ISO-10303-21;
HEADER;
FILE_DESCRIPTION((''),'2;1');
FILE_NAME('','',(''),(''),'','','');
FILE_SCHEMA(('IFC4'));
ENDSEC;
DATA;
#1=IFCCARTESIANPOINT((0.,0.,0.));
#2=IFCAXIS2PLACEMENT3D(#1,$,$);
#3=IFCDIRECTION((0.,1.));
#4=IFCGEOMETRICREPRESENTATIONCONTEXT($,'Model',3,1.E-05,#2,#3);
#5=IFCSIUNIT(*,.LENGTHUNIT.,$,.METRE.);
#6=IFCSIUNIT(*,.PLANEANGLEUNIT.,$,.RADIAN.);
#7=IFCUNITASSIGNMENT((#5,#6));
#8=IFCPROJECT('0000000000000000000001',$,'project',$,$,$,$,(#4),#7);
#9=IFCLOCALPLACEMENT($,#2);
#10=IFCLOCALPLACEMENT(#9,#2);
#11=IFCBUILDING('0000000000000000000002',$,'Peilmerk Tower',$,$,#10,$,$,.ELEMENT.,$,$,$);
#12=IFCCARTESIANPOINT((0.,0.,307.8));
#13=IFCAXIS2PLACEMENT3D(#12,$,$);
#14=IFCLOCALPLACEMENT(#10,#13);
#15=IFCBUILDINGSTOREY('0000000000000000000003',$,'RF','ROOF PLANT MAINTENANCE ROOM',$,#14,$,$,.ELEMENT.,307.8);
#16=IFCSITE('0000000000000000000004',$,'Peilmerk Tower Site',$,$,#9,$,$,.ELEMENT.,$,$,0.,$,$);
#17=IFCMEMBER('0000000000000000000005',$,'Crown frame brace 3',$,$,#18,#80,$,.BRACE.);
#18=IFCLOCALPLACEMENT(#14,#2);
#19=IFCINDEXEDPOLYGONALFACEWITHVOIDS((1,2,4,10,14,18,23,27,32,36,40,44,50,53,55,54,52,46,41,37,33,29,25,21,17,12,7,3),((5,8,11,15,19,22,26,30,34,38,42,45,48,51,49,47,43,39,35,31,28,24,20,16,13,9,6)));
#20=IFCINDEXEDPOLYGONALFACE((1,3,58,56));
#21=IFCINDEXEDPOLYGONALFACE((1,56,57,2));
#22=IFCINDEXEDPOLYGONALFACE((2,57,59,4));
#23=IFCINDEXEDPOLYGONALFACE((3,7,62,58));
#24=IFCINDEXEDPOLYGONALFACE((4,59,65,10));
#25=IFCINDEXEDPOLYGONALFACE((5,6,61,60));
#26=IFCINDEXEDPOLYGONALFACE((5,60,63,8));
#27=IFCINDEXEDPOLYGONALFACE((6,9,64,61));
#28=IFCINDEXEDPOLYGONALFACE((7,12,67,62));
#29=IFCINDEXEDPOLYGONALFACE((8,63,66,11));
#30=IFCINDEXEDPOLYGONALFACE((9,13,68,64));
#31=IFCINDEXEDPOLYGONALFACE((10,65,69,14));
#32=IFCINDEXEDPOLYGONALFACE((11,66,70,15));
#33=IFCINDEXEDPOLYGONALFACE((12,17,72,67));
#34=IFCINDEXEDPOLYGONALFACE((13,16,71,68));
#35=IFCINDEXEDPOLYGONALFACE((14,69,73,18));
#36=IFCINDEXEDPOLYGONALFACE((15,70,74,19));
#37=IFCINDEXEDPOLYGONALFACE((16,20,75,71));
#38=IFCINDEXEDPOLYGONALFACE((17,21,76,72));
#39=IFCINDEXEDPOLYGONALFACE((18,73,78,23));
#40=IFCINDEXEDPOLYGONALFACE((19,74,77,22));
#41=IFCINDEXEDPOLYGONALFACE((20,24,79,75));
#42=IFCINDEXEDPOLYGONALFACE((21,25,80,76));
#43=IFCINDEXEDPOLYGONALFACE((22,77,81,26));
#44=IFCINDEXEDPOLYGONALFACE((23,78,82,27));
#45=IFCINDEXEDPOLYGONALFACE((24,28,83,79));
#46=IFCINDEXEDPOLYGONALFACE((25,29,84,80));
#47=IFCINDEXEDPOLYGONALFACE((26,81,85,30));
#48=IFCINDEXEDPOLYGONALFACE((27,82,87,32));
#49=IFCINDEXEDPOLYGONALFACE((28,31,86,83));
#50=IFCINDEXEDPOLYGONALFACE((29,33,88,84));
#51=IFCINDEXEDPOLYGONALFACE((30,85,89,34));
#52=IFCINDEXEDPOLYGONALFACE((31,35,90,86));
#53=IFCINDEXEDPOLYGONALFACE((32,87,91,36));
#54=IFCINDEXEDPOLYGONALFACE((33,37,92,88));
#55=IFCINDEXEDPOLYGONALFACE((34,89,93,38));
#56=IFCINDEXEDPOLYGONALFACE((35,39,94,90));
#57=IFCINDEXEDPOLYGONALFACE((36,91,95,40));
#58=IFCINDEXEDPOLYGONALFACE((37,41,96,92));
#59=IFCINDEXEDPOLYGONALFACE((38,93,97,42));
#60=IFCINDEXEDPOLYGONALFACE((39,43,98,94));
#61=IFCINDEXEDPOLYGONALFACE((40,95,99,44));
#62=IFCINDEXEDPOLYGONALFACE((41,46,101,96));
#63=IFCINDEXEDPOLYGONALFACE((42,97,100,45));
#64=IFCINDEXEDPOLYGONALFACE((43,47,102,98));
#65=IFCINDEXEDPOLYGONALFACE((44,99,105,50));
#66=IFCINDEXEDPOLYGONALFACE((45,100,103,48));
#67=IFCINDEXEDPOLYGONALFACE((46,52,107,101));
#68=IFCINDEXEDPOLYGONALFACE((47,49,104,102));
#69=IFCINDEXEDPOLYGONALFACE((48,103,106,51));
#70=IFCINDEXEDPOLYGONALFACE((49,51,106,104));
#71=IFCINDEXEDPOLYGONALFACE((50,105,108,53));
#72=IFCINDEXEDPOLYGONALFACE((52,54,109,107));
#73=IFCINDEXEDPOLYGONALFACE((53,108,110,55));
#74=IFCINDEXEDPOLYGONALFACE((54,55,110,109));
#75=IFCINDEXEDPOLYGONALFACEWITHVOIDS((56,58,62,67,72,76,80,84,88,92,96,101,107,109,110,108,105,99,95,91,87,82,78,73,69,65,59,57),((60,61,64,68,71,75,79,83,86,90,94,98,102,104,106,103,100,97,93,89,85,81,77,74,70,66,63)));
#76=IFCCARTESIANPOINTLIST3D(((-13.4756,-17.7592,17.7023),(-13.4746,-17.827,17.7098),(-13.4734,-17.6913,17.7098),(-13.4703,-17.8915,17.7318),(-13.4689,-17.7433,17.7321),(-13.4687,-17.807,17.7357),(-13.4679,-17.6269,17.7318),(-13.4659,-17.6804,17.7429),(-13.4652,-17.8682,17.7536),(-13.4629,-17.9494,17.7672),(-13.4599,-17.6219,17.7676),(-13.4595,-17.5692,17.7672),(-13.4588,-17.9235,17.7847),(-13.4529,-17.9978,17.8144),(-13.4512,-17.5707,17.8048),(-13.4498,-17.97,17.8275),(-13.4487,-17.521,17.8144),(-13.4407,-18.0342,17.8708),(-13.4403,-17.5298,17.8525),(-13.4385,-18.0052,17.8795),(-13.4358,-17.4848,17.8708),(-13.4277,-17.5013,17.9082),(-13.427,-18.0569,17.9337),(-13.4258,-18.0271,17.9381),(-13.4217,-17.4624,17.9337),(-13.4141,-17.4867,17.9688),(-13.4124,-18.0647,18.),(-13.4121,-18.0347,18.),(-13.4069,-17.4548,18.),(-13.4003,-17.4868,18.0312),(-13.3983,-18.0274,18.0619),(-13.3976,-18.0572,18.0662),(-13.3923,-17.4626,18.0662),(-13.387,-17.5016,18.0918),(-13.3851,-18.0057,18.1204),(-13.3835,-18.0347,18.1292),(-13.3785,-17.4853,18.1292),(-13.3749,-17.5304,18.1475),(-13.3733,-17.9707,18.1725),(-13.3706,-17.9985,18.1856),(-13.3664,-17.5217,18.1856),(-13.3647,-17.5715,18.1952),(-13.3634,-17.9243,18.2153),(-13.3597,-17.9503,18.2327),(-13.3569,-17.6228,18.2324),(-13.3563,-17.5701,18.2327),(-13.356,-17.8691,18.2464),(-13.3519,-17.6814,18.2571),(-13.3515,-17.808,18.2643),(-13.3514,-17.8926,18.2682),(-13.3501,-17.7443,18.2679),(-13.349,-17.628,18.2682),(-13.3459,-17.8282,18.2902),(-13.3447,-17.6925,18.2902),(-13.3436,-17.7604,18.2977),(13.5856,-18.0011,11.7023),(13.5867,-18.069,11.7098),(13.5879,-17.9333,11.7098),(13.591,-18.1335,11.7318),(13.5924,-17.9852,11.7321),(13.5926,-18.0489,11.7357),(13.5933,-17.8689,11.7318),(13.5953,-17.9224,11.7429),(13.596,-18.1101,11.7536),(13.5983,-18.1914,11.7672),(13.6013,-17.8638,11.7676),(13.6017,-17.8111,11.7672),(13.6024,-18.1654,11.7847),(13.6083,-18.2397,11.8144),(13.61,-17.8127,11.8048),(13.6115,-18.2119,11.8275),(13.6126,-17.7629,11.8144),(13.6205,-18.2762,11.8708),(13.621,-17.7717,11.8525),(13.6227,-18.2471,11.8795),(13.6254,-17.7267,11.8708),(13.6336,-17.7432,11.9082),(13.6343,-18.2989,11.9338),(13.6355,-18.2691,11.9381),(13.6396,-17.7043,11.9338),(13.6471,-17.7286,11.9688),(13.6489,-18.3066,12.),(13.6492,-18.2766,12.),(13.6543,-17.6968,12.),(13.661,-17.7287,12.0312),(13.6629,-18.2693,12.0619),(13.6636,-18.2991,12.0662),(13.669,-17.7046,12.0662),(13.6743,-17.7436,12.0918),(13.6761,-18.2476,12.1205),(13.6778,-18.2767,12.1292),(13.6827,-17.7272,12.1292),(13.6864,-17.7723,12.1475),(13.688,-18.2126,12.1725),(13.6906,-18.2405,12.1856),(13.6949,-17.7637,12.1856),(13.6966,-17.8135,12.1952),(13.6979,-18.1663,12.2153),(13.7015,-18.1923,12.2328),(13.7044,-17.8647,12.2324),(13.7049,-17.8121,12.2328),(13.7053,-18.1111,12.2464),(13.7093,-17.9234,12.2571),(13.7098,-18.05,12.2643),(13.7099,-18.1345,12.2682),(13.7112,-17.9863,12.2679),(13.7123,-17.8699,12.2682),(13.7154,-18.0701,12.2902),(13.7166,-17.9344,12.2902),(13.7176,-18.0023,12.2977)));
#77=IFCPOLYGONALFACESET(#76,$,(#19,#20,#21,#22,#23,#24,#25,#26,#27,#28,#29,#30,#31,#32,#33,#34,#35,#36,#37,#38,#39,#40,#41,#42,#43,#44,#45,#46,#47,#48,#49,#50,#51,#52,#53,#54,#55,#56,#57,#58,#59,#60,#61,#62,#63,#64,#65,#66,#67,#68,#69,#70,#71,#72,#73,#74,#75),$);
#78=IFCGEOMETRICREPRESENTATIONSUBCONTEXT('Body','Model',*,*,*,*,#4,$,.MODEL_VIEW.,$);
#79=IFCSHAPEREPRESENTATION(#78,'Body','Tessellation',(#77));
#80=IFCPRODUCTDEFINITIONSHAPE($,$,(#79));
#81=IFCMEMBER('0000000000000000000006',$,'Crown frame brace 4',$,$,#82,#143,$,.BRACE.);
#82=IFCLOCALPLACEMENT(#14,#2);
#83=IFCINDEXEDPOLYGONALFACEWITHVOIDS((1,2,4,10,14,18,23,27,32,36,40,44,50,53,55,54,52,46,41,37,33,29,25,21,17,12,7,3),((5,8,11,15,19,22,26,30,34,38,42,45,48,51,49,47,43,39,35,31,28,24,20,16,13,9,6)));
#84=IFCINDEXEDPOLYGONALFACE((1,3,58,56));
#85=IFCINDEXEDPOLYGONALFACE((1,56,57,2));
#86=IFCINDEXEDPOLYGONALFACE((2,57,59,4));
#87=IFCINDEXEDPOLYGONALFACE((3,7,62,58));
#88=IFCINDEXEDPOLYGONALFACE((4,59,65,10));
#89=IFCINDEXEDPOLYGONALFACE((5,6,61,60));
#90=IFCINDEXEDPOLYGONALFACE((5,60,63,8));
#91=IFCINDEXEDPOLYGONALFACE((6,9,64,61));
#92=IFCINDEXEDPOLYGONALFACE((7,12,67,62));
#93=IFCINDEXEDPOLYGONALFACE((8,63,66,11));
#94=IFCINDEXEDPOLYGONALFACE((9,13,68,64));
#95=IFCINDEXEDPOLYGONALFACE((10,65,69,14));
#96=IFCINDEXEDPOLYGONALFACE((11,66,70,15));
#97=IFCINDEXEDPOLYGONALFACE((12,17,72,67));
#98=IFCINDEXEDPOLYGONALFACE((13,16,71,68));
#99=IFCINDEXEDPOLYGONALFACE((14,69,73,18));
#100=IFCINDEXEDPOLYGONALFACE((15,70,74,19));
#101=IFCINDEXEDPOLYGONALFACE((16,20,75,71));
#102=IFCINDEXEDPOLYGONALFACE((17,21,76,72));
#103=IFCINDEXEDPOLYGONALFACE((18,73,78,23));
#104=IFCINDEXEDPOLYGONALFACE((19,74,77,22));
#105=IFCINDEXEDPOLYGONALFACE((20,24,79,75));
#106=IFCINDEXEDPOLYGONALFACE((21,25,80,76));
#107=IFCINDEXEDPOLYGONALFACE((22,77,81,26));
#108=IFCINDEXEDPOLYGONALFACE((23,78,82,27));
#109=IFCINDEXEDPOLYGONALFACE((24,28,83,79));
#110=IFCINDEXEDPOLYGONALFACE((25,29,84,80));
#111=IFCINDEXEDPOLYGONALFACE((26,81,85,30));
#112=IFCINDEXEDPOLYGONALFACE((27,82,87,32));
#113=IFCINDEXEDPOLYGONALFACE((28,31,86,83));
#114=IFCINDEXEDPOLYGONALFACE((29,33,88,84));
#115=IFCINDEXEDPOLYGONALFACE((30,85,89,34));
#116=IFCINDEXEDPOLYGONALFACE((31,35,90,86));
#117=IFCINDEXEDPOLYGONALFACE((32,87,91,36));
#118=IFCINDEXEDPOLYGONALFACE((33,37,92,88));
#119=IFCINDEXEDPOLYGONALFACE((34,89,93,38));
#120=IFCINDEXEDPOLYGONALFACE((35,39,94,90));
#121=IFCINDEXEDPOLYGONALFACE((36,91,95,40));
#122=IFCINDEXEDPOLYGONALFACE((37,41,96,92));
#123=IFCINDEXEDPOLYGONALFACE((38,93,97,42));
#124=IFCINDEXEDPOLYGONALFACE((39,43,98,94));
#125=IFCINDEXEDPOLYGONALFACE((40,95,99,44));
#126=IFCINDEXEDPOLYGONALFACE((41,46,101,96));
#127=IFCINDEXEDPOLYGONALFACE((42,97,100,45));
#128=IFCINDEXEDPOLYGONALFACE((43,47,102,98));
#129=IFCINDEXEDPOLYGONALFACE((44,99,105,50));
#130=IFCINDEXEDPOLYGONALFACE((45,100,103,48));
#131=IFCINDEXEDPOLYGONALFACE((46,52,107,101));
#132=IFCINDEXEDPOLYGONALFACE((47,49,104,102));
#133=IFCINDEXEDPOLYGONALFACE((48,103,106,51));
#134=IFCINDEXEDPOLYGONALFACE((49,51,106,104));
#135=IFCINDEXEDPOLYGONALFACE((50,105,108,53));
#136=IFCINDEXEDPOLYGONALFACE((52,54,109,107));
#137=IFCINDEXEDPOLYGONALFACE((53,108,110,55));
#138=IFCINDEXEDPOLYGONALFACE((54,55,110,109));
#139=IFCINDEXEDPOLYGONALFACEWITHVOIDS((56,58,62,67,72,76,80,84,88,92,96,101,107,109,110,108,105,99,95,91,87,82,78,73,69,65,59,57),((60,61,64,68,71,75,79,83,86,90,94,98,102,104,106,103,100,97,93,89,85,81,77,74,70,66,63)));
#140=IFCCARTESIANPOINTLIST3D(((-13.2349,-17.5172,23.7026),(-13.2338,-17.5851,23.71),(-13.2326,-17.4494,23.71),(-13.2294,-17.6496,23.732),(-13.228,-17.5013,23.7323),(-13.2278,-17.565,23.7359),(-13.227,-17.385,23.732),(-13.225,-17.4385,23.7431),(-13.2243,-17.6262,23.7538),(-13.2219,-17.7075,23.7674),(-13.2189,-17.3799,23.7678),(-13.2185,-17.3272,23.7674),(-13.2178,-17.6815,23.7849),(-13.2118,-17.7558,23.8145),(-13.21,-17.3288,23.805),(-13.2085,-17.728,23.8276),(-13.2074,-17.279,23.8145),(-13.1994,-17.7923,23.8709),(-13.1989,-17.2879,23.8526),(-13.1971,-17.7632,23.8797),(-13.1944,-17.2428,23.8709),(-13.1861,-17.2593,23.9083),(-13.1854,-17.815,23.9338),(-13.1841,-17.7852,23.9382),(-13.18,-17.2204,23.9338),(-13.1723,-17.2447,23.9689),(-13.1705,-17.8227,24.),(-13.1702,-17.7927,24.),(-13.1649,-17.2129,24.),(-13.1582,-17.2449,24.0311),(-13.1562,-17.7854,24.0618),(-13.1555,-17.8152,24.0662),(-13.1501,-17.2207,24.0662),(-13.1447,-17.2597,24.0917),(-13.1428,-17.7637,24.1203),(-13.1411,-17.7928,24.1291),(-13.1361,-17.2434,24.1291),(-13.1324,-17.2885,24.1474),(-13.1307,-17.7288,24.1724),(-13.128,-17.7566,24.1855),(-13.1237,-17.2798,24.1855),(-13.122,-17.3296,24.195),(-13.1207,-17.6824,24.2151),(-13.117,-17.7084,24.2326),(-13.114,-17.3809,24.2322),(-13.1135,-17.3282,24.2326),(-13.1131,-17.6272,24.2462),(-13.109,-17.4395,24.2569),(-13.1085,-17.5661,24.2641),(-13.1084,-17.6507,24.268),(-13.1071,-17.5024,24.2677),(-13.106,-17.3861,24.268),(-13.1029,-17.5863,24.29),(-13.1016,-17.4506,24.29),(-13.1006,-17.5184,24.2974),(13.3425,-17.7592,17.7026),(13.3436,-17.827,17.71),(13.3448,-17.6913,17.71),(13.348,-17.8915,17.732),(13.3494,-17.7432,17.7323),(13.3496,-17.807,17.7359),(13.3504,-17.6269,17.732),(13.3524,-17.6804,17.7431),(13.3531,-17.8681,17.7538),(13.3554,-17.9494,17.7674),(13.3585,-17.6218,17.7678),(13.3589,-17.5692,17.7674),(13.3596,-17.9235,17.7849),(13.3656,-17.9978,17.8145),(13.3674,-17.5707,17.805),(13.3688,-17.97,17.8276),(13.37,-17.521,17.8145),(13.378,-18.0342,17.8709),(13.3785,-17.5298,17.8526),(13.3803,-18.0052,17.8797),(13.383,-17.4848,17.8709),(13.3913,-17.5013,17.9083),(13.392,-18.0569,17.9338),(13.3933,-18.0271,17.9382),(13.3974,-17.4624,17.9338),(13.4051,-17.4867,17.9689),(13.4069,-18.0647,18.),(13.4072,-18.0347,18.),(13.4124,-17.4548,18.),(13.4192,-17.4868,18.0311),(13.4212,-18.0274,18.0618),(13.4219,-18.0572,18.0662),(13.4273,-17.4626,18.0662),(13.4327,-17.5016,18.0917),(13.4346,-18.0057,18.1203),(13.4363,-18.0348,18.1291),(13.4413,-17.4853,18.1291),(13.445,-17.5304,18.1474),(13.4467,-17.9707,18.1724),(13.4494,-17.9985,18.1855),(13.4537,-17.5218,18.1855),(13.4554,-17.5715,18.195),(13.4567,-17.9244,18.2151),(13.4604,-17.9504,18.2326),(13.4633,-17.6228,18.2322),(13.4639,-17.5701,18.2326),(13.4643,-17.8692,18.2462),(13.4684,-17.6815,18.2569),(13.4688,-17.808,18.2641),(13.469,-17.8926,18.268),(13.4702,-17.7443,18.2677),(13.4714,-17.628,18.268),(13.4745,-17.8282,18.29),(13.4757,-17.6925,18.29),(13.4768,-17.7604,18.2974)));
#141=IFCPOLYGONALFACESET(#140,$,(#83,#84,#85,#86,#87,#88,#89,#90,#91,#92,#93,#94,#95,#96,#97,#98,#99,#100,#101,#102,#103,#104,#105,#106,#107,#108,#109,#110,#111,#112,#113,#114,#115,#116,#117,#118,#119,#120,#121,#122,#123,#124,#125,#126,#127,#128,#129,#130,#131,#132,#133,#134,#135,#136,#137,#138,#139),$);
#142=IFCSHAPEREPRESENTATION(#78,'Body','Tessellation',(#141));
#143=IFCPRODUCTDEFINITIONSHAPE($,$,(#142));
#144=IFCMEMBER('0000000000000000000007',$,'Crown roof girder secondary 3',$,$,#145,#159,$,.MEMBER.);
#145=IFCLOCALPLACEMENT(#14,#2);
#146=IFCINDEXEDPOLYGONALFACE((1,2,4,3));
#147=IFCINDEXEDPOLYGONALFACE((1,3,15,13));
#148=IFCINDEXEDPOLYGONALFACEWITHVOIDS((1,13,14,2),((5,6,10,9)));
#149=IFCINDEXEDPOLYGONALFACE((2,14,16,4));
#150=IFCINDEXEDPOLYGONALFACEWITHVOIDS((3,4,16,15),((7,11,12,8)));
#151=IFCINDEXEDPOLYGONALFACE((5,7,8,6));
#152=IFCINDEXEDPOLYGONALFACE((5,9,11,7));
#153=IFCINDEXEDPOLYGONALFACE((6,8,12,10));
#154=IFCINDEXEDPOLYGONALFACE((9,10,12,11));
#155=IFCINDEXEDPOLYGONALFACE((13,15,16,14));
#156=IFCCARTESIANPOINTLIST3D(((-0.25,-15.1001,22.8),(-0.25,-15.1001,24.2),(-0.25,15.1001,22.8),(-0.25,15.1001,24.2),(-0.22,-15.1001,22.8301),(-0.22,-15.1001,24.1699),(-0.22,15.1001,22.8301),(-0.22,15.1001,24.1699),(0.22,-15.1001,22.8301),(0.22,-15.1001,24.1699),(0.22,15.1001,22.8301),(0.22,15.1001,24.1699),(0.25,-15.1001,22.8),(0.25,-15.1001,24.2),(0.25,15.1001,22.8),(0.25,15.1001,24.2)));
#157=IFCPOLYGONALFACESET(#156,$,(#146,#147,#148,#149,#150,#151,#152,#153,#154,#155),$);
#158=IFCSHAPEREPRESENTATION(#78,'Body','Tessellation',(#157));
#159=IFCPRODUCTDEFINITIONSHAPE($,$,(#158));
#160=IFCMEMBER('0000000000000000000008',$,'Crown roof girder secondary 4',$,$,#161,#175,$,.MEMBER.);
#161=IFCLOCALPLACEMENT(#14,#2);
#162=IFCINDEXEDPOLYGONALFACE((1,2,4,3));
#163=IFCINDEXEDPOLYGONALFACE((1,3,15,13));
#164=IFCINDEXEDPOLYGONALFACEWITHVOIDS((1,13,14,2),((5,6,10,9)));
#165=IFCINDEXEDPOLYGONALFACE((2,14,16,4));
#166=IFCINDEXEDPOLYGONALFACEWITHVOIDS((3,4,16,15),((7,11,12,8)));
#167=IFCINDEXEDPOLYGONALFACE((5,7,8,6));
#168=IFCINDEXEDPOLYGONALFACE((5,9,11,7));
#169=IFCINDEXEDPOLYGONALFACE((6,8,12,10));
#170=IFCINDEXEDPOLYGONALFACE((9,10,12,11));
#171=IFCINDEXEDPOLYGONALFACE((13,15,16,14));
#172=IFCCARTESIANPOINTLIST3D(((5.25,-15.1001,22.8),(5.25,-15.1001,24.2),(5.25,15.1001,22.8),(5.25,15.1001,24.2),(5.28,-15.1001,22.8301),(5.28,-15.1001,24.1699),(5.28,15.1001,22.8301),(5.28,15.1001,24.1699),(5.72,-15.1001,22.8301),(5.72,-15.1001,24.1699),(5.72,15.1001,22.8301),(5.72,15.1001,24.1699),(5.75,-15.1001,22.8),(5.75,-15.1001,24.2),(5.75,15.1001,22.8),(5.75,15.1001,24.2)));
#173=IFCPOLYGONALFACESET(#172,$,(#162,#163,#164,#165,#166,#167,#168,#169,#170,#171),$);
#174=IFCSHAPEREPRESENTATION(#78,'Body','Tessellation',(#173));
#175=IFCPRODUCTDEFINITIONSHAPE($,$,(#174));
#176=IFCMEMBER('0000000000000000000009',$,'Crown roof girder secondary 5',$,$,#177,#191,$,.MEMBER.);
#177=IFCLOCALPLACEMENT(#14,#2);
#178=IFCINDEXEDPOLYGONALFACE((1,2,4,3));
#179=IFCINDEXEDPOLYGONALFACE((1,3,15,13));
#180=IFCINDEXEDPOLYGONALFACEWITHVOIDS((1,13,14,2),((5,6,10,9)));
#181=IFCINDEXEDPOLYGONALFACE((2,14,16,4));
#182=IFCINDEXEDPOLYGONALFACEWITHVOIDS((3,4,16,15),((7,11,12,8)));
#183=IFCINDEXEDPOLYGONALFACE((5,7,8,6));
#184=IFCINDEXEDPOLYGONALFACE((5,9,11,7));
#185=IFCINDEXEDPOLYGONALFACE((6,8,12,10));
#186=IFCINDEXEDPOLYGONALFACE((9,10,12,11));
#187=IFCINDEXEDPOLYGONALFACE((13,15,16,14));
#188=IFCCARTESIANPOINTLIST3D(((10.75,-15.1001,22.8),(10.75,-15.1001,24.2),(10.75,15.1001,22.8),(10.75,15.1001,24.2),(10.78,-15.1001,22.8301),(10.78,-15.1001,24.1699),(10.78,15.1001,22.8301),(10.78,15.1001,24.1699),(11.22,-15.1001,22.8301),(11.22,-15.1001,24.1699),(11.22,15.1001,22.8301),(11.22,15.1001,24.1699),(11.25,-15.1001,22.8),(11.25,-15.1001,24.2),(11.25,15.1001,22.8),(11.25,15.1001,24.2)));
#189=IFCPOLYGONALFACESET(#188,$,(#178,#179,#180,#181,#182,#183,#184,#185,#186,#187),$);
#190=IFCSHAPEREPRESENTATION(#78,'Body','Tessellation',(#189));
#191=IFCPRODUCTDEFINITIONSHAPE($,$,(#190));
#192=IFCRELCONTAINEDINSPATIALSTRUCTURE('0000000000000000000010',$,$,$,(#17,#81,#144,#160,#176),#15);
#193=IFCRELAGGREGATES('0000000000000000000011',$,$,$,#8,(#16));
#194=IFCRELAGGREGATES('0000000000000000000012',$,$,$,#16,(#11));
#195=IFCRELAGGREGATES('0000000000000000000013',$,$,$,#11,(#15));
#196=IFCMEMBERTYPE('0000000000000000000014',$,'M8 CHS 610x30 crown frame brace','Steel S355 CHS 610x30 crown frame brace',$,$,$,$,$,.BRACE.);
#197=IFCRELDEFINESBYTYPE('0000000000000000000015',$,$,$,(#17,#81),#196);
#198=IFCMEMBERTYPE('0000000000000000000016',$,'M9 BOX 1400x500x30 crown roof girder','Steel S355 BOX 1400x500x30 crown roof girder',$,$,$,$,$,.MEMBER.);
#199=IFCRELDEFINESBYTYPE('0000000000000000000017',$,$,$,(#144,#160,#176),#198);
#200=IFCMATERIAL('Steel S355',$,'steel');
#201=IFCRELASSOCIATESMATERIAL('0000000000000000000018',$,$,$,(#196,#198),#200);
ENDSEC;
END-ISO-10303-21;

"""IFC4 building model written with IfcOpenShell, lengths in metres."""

from ifc_helpers import new_model, si_unit, direction, frame, origin, origin_2d, place, context, subcontext, project, spatial, hollow_rectangle, hollow_circle, extrude, material, material_profile, profile_set, type_object, element, save


model = new_model("IFC4")

# Units and contexts
model_context = context("Model", 3, precision=1e-05, world=origin(), true_north=direction((0.0, 1.0)))
body_context = subcontext(model_context, "Body", "Model", "MODEL_VIEW")
ifc_project = project(units=[si_unit("LENGTHUNIT", "METRE"), si_unit("PLANEANGLEUNIT", "RADIAN")], contexts=[model_context])

# Site, building, storey
site_placement = place(None, origin())
site = spatial("IfcSite", under=ifc_project, at=site_placement, Name="Peilmerk Tower Site", CompositionType="ELEMENT", RefElevation=0.0)
building_placement = place(site_placement, origin())
building = spatial("IfcBuilding", under=site, at=building_placement, Name="Peilmerk Tower", CompositionType="ELEMENT")
storey_placement = place(building_placement, frame((0.0, 0.0, 307.8)))
storey = spatial("IfcBuildingStorey", under=building, at=storey_placement, Name="RF", Description="ROOF PLANT MAINTENANCE ROOM", CompositionType="ELEMENT", Elevation=307.8)

# Shared definitions
ifc_material_1 = material(Name="Steel S355", Category="steel")

# Members
ifc_material_profile_1 = material_profile(ifc_material_1, hollow_circle(Radius=0.3049, WallThickness=0.03, at=origin_2d()), Name="CHS 610x30")
ifc_profile_set_1 = profile_set([ifc_material_profile_1], Name="Steel S355")
member_type_1 = type_object("IfcMemberType", Name="M8 CHS 610x30 crown frame brace", Description="Steel S355 CHS 610x30 crown frame brace", PredefinedType="BRACE", material=ifc_profile_set_1)
member_1_placement = place(storey_placement, frame((13.6516, -18.0017, 12.0), z_axis=(-0.976254, 0.008728, 0.216454), x_axis=(-0.00894, -0.99996, 0.0)))
element("IfcMember", 1, at=member_1_placement, inside=storey, type_object=member_type_1, Name="Crown frame brace 3", PredefinedType="BRACE", context=body_context, shape_type="SweptSolid", body=[
    extrude(hollow_circle(Radius=0.3049, WallThickness=0.03, at=origin_2d()), origin(), (0.0, 0.0, 1.0), 27.7195),
])
member_2_placement = place(storey_placement, frame((13.4097, -17.7598, 18.0), z_axis=(-0.975413, 0.00888, 0.220205), x_axis=(-0.009103, -0.999959, 0.0)))
element("IfcMember", 2, at=member_2_placement, inside=storey, type_object=member_type_1, Name="Crown frame brace 4", PredefinedType="BRACE", context=body_context, shape_type="SweptSolid", body=[
    extrude(hollow_circle(Radius=0.3049, WallThickness=0.03, at=origin_2d()), origin(), (0.0, 0.0, 1.0), 27.2473),
])
ifc_material_profile_2 = material_profile(ifc_material_1, hollow_rectangle(XDim=0.5, YDim=1.3999, WallThickness=0.03, at=origin_2d()), Name="BOX 1400x500x30")
ifc_profile_set_2 = profile_set([ifc_material_profile_2], Name="Steel S355")
member_type_2 = type_object("IfcMemberType", Name="M9 BOX 1400x500x30 crown roof girder", Description="Steel S355 BOX 1400x500x30 crown roof girder", PredefinedType="MEMBER", material=ifc_profile_set_2)
for number, where, z_axis, x_axis, name in (
    (3, (0.0, -15.1001, 23.5), (0.0, 1.0, 0.0), (-1.0, 0.0, 0.0), "Crown roof girder secondary 3"),
    (4, (5.5, -15.1001, 23.5), (0.0, 1.0, 0.0), (-1.0, 0.0, 0.0), "Crown roof girder secondary 4"),
    (5, (11.0, -15.1001, 23.5), (0.0, 1.0, 0.0), (-1.0, 0.0, 0.0), "Crown roof girder secondary 5"),
):
    element("IfcMember", number, at=place(storey_placement, frame(where, z_axis=z_axis, x_axis=x_axis)), inside=storey, type_object=member_type_2, Name=name, PredefinedType="MEMBER", context=body_context, shape_type="SweptSolid", body=[
        extrude(hollow_rectangle(XDim=0.5, YDim=1.3999, WallThickness=0.03, at=origin_2d()), origin(), (0.0, 0.0, 1.0), 30.2002),
    ])

save(model, "model.ifc")
